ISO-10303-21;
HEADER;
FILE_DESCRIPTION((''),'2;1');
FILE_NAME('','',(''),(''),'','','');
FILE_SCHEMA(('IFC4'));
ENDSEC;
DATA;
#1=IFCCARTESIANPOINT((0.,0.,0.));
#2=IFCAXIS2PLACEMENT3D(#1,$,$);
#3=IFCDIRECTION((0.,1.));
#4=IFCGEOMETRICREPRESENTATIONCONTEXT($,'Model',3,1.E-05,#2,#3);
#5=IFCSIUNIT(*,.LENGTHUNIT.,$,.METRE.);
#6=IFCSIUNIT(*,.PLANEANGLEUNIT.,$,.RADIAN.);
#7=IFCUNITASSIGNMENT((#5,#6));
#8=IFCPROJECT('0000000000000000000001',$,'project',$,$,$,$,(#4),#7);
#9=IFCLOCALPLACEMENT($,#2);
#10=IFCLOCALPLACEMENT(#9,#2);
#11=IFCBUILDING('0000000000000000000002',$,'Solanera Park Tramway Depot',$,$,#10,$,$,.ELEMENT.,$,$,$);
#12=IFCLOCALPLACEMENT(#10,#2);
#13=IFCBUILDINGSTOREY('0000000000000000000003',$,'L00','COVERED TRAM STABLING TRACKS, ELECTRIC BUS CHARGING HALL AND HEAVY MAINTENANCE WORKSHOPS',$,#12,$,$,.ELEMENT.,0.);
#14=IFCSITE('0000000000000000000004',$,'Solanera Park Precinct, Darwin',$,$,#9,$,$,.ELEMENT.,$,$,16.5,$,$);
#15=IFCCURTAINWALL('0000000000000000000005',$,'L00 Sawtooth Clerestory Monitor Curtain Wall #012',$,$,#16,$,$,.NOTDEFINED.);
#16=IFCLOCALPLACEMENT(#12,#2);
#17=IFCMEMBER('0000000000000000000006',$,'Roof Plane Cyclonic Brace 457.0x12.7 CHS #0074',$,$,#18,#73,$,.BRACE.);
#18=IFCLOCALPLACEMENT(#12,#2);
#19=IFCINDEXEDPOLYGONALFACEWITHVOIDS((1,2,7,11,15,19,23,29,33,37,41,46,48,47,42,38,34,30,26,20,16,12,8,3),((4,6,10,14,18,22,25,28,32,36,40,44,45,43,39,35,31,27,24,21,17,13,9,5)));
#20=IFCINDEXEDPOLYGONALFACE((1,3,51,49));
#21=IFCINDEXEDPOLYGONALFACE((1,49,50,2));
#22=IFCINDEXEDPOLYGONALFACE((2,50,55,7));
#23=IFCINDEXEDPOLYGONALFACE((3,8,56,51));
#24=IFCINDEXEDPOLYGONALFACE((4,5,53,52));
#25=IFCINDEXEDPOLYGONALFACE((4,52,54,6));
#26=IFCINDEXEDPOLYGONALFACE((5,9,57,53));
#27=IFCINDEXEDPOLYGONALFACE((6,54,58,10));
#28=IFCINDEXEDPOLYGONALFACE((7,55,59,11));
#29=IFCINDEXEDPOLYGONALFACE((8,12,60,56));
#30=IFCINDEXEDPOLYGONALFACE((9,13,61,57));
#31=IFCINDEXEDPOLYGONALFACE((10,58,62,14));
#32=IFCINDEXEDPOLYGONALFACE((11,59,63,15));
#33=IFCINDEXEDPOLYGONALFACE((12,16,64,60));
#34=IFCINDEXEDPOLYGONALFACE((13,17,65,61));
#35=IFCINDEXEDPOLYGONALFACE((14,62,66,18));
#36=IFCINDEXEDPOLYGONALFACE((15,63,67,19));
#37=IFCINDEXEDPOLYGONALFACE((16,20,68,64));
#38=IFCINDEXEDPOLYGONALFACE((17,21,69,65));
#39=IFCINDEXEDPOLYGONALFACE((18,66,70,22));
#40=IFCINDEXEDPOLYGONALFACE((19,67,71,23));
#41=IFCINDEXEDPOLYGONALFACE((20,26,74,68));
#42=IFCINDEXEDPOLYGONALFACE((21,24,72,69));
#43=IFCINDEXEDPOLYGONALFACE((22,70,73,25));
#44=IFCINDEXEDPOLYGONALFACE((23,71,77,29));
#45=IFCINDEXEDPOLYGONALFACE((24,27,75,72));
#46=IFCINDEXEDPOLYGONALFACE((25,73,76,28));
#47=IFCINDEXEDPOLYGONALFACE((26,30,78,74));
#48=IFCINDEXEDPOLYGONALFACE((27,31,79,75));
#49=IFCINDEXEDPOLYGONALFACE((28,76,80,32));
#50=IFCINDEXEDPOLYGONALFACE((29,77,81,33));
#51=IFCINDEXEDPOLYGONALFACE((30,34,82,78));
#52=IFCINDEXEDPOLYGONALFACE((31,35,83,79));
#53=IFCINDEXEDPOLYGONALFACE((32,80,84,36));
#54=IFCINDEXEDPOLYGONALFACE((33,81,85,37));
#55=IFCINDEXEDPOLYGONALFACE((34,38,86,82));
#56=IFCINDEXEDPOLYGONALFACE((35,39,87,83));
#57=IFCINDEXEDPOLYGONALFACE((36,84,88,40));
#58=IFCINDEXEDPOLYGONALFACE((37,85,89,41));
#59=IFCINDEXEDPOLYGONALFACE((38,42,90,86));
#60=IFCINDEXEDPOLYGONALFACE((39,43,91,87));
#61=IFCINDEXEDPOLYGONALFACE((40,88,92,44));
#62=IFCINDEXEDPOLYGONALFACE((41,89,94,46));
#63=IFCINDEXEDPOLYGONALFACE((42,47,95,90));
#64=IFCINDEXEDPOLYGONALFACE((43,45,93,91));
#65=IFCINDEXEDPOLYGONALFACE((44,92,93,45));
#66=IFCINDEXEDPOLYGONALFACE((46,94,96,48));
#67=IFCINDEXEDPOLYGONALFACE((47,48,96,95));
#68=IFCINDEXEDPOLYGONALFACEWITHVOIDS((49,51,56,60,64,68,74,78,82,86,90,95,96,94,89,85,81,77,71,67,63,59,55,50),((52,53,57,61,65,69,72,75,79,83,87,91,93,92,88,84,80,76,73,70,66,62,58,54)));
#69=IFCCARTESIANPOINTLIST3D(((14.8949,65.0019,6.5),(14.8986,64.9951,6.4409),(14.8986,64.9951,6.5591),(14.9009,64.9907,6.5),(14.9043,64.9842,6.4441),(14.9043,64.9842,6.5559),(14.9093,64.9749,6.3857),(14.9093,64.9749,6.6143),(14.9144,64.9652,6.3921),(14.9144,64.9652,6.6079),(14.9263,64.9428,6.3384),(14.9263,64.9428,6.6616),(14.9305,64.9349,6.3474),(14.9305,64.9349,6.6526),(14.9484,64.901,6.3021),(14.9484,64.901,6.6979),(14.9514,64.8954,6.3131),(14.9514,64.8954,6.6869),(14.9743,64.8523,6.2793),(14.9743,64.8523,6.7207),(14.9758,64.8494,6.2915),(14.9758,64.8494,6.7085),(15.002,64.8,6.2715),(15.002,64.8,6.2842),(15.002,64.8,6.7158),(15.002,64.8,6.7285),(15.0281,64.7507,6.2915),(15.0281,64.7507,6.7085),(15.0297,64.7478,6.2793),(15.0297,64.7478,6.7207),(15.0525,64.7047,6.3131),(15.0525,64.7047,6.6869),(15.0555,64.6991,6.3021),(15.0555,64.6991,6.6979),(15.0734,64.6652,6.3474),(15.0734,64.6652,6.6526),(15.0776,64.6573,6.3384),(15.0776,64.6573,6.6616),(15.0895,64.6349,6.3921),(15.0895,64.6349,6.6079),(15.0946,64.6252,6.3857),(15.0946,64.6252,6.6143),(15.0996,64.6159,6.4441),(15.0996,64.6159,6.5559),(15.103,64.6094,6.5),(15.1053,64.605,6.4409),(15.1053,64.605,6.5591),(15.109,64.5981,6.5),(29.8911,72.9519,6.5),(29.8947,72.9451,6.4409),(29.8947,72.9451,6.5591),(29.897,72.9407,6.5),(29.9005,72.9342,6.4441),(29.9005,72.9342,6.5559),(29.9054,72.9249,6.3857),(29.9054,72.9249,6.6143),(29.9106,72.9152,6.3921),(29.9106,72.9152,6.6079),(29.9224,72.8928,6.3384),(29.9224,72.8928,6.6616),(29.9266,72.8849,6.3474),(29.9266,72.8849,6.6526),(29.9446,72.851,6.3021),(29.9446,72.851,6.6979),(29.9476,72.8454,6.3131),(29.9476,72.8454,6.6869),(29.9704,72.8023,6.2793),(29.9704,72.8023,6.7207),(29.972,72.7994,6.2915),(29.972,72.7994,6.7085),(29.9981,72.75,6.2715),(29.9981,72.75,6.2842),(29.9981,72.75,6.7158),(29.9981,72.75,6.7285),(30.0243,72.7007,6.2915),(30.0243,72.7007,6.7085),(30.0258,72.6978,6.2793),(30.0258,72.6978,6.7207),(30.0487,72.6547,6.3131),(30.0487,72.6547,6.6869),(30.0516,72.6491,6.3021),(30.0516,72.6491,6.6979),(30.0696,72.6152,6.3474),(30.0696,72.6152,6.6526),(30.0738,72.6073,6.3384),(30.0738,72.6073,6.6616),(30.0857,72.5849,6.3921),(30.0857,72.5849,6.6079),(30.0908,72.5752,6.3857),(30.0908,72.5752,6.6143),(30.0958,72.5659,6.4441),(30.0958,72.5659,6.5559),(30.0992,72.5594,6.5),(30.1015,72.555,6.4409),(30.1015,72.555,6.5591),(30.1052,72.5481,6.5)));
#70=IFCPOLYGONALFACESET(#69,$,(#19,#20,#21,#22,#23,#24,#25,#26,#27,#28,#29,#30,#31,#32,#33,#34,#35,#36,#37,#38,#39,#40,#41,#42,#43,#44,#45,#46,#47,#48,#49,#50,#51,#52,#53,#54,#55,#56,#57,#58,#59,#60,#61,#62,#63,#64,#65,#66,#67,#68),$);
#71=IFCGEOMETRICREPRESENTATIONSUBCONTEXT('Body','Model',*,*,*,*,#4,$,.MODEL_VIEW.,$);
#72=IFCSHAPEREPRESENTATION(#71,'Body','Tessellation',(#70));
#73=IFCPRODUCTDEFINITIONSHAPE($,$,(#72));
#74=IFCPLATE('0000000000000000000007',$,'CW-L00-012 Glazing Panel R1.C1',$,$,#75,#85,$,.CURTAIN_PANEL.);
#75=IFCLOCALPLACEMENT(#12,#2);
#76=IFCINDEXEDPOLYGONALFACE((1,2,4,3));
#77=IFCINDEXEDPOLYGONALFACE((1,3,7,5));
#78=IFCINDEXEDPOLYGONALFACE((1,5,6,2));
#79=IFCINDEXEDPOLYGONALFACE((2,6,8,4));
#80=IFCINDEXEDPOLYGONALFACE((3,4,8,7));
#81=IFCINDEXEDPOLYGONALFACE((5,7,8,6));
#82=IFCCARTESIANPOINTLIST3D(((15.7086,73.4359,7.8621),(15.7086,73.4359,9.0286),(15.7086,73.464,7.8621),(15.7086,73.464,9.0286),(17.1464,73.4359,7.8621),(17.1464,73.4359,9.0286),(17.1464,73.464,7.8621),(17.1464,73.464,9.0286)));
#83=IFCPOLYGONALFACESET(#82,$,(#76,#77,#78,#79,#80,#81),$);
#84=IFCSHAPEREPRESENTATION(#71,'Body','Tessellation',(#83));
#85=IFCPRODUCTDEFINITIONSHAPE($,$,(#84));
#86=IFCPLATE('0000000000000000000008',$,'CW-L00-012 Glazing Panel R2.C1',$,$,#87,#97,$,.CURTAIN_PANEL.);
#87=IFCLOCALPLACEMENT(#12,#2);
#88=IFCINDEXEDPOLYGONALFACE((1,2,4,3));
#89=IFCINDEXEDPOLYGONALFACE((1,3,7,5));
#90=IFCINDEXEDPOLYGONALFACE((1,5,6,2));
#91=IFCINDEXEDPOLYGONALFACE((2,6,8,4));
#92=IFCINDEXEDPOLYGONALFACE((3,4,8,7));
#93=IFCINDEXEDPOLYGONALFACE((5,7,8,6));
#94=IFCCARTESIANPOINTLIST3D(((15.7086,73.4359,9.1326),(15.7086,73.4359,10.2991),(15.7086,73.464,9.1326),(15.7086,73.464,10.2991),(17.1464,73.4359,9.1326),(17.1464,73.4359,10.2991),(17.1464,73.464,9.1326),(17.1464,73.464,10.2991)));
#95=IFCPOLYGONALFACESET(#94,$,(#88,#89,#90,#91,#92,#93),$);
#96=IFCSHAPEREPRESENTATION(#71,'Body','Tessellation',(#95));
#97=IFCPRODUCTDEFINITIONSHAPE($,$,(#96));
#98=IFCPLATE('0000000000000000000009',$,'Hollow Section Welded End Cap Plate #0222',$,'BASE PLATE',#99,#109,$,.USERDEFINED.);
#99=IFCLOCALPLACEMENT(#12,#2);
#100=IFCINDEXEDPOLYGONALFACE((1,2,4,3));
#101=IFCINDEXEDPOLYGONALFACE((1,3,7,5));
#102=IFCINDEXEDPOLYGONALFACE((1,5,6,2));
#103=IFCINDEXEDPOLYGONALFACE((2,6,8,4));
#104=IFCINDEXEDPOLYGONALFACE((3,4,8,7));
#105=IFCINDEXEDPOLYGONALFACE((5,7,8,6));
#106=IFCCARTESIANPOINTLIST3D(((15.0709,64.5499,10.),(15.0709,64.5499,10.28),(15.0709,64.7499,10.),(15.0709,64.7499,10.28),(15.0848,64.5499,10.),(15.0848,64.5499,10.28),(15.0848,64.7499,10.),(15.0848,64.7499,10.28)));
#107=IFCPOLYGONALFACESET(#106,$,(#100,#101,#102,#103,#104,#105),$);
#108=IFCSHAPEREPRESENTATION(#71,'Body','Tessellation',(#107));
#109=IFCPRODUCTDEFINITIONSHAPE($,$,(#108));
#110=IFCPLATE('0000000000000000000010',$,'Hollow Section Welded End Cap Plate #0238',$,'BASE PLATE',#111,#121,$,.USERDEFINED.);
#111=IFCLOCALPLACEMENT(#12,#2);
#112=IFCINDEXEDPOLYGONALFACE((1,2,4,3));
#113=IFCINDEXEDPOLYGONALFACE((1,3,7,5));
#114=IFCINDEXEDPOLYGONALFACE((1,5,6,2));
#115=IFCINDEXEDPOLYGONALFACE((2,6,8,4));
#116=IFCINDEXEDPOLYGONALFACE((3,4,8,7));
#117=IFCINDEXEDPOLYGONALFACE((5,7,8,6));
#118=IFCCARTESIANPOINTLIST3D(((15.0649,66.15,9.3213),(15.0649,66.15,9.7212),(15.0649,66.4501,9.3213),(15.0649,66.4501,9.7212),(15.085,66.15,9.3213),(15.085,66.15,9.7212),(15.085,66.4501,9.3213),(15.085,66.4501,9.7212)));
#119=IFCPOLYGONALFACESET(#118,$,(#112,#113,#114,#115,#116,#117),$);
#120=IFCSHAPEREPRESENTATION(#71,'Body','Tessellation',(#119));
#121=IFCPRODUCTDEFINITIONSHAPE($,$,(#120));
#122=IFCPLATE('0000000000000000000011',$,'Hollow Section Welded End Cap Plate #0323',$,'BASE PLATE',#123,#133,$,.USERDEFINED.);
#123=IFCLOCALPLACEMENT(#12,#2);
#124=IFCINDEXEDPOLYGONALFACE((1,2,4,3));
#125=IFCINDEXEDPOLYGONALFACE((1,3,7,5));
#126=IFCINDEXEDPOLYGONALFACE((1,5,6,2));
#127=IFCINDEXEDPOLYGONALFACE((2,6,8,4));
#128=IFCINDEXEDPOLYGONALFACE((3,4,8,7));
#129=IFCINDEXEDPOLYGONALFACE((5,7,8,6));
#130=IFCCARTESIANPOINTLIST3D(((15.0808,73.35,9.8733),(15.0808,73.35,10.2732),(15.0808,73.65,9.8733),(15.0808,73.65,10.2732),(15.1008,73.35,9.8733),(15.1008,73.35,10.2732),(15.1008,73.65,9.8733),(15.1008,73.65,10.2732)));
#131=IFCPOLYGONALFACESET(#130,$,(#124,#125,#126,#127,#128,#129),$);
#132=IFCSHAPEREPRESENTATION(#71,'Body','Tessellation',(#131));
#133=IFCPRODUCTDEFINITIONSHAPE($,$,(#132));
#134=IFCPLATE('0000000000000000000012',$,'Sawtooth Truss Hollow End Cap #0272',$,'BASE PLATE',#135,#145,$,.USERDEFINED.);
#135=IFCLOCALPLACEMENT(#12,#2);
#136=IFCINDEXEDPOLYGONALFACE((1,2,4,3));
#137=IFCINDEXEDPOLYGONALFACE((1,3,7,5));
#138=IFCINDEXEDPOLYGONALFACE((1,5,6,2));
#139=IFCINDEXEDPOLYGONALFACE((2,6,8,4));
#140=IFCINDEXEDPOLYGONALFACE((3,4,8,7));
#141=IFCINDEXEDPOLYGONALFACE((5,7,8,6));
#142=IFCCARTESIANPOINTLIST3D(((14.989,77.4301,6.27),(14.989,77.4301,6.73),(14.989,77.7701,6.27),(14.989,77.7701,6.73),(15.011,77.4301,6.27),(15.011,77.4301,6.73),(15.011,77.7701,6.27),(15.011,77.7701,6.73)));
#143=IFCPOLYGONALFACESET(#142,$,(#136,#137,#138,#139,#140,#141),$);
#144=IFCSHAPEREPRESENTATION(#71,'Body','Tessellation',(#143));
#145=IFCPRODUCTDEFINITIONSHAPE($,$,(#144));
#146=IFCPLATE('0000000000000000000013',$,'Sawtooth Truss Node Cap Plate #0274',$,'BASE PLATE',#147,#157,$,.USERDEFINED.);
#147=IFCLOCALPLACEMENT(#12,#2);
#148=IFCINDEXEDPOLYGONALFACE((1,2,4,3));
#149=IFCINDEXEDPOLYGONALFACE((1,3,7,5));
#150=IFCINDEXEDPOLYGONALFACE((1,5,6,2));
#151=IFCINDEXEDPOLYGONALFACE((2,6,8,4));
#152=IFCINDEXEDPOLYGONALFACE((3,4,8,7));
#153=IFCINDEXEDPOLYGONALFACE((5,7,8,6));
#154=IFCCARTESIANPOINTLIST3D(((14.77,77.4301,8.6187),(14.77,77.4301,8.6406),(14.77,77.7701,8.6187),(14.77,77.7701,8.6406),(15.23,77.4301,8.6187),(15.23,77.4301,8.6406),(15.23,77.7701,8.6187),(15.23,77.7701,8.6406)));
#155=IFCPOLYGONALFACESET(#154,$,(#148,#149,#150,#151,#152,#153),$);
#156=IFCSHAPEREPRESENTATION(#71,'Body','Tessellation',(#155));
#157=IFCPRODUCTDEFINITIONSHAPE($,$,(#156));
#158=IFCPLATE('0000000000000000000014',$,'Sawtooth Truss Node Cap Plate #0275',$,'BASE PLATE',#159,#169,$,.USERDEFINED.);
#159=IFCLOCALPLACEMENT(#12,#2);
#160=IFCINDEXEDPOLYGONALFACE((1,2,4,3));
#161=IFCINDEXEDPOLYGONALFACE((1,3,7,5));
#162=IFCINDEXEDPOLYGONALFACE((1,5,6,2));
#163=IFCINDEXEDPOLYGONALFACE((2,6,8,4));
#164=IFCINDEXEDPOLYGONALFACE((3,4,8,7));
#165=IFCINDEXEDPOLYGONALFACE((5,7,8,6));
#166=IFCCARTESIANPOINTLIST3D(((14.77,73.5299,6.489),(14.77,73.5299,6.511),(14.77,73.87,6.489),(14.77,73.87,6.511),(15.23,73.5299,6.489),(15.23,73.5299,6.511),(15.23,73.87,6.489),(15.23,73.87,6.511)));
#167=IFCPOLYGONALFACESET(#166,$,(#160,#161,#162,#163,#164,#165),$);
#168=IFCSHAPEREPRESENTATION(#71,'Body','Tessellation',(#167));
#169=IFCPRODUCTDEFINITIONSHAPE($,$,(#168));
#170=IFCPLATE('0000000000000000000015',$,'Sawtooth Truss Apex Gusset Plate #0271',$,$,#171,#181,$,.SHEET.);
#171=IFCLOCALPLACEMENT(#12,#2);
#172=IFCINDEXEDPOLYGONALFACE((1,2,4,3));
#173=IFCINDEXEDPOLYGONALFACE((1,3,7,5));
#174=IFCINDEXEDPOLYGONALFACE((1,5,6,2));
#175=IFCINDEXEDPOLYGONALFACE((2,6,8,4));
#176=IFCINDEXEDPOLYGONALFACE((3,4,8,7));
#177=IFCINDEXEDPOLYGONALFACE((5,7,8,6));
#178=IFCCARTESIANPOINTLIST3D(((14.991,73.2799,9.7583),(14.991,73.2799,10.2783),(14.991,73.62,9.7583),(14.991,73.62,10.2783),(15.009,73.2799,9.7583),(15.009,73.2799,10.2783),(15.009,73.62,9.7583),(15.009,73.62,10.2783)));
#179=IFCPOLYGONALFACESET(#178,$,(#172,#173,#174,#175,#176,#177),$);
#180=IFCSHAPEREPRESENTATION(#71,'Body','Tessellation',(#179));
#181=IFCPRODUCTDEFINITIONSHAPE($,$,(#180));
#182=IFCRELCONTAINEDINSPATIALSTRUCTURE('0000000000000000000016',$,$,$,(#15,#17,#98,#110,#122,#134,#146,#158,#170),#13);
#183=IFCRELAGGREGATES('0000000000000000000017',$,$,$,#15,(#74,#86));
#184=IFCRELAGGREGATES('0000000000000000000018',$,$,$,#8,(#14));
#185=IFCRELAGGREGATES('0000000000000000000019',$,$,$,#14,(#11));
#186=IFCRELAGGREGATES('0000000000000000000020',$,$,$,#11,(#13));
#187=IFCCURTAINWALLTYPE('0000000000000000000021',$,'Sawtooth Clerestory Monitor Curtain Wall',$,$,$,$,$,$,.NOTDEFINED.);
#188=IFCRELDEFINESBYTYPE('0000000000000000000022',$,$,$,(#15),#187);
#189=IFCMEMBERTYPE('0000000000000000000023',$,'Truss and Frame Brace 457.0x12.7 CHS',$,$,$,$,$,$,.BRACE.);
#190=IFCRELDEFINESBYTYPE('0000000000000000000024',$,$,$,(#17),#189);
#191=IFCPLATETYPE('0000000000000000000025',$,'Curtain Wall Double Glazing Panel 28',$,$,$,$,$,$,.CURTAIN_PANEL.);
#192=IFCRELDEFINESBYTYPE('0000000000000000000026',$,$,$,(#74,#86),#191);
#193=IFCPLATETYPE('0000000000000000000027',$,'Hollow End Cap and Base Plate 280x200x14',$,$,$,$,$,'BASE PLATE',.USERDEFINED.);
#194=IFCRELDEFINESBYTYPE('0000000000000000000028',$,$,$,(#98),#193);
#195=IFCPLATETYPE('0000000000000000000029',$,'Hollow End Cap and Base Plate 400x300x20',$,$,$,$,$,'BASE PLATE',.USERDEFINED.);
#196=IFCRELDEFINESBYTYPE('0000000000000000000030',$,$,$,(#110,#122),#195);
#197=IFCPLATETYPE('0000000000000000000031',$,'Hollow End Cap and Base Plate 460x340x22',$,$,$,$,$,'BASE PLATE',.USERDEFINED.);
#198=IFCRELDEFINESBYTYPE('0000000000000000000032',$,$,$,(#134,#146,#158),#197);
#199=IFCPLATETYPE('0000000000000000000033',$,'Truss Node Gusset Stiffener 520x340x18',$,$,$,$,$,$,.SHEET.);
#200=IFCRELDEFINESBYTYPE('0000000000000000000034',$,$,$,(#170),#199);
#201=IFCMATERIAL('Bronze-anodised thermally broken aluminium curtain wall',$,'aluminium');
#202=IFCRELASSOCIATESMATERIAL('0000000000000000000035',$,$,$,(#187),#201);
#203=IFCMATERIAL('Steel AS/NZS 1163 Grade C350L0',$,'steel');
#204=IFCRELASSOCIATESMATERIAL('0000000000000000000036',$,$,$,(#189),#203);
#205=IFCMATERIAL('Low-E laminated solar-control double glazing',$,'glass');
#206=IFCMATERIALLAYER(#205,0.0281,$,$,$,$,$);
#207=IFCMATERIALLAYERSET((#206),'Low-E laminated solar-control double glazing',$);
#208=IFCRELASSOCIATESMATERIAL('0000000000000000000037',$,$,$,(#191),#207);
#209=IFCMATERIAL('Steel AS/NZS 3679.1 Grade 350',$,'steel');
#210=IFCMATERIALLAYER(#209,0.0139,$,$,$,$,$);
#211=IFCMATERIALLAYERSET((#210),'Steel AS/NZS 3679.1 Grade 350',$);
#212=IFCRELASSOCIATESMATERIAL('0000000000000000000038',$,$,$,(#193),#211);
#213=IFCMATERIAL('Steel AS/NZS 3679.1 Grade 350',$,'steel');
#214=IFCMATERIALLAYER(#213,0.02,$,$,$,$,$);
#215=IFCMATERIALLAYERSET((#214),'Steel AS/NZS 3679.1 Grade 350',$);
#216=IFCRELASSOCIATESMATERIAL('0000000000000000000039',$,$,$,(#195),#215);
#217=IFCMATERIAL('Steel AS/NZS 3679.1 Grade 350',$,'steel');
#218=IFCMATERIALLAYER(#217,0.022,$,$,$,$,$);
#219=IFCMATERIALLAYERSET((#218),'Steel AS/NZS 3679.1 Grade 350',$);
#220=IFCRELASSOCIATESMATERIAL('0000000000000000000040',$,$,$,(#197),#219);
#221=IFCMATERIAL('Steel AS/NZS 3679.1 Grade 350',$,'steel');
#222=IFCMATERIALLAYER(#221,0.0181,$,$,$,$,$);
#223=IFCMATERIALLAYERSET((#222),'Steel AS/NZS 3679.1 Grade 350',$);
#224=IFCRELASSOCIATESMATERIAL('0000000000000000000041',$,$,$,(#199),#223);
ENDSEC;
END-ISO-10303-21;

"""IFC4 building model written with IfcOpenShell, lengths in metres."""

from ifc_helpers import new_model, si_unit, direction, frame, origin, origin_2d, place, context, subcontext, project, spatial, rectangle, hollow_circle, extrude, material, layer, layer_set, material_profile, profile_set, type_object, element, aggregate, save


model = new_model("IFC4")

# Units and contexts
model_context = context("Model", 3, precision=1e-05, world=origin(), true_north=direction((0.0, 1.0)))
body_context = subcontext(model_context, "Body", "Model", "MODEL_VIEW")
ifc_project = project(units=[si_unit("LENGTHUNIT", "METRE"), si_unit("PLANEANGLEUNIT", "RADIAN")], contexts=[model_context])

# Site, building, storey
site_placement = place(None, origin())
site = spatial("IfcSite", under=ifc_project, at=site_placement, Name="Solanera Park Precinct, Darwin", CompositionType="ELEMENT", RefElevation=16.5)
building_placement = place(site_placement, origin())
building = spatial("IfcBuilding", under=site, at=building_placement, Name="Solanera Park Tramway Depot", CompositionType="ELEMENT")
storey_placement = place(building_placement, origin())
storey = spatial("IfcBuildingStorey", under=building, at=storey_placement, Name="L00", Description="COVERED TRAM STABLING TRACKS, ELECTRIC BUS CHARGING HALL AND HEAVY MAINTENANCE WORKSHOPS", CompositionType="ELEMENT", Elevation=0.0)

# Curtain wall
ifc_material_1 = material(Name="Bronze-anodised thermally broken aluminium curtain wall", Category="aluminium")
curtain_wall_type = type_object("IfcCurtainWallType", Name="Sawtooth Clerestory Monitor Curtain Wall", PredefinedType="NOTDEFINED", material=ifc_material_1)
curtain_wall_placement = place(storey_placement, origin())
curtain_wall = element("IfcCurtainWall", 1, at=curtain_wall_placement, inside=storey, type_object=curtain_wall_type, Name="L00 Sawtooth Clerestory Monitor Curtain Wall #012", PredefinedType="NOTDEFINED")

# Member
ifc_material_2 = material(Name="Steel AS/NZS 1163 Grade C350L0", Category="steel")
ifc_material_profile_1 = material_profile(ifc_material_2, hollow_circle(Radius=0.2285, WallThickness=0.0127, at=origin_2d()), Name="457.0x12.7 CHS")
ifc_profile_set_1 = profile_set([ifc_material_profile_1], Name="Steel AS/NZS 1163 Grade C350L0")
member_type_1 = type_object("IfcMemberType", Name="Truss and Frame Brace 457.0x12.7 CHS", PredefinedType="BRACE", material=ifc_profile_set_1)
member_1_placement = place(storey_placement, frame((15.002, 64.8, 6.5), z_axis=(0.883524, 0.468387, 0.0), x_axis=(-0.468387, 0.883524, 0.0)))
element("IfcMember", 2, at=member_1_placement, inside=storey, type_object=member_type_1, Name="Roof Plane Cyclonic Brace 457.0x12.7 CHS #0074", PredefinedType="BRACE", context=body_context, shape_type="SweptSolid", body=[
    extrude(hollow_circle(Radius=0.2285, WallThickness=0.0127, at=origin_2d()), origin(), (0.0, 0.0, 1.0), 16.9731),
])

# Plates
ifc_material_3 = material(Name="Low-E laminated solar-control double glazing", Category="glass")
ifc_layer_1 = layer(ifc_material_3, 0.0281)
ifc_layer_set_1 = layer_set([ifc_layer_1], Name="Low-E laminated solar-control double glazing")
plate_type_1 = type_object("IfcPlateType", Name="Curtain Wall Double Glazing Panel 28", PredefinedType="CURTAIN_PANEL", material=ifc_layer_set_1)
plate_1_placement = place(storey_placement, frame((16.4275, 73.45, 7.8621), z_axis=(0.0, 0.0, 1.0), x_axis=(1.0, 0.0, 0.0)))
plate_1 = element("IfcPlate", 3, at=plate_1_placement, type_object=plate_type_1, Name="CW-L00-012 Glazing Panel R1.C1", PredefinedType="CURTAIN_PANEL", context=body_context, shape_type="SweptSolid", body=[
    extrude(rectangle(XDim=1.4377, YDim=0.0281, at=origin_2d()), origin(), (0.0, 0.0, 1.0), 1.1665),
])
plate_2_placement = place(storey_placement, frame((16.4275, 73.45, 9.1326), z_axis=(0.0, 0.0, 1.0), x_axis=(1.0, 0.0, 0.0)))
plate_2 = element("IfcPlate", 4, at=plate_2_placement, type_object=plate_type_1, Name="CW-L00-012 Glazing Panel R2.C1", PredefinedType="CURTAIN_PANEL", context=body_context, shape_type="SweptSolid", body=[
    extrude(rectangle(XDim=1.4377, YDim=0.0281, at=origin_2d()), origin(), (0.0, 0.0, 1.0), 1.1665),
])
aggregate(curtain_wall, [plate_1, plate_2])

# Plates
ifc_material_4 = material(Name="Steel AS/NZS 3679.1 Grade 350", Category="steel")
ifc_layer_2 = layer(ifc_material_4, 0.0139)
ifc_layer_set_2 = layer_set([ifc_layer_2], Name="Steel AS/NZS 3679.1 Grade 350")
plate_type_2 = type_object("IfcPlateType", Name="Hollow End Cap and Base Plate 280x200x14", ElementType="BASE PLATE", PredefinedType="USERDEFINED", material=ifc_layer_set_2)
plate_3_placement = place(storey_placement, frame((15.0779, 64.6499, 10.0), z_axis=(0.0, 0.0, 1.0), x_axis=(1.0, 0.0, 0.0)))
element("IfcPlate", 5, at=plate_3_placement, inside=storey, type_object=plate_type_2, Name="Hollow Section Welded End Cap Plate #0222", ObjectType="BASE PLATE", PredefinedType="USERDEFINED", context=body_context, shape_type="SweptSolid", body=[
    extrude(rectangle(XDim=0.0139, YDim=0.2, at=origin_2d()), origin(), (0.0, 0.0, 1.0), 0.28),
])
ifc_material_5 = material(Name="Steel AS/NZS 3679.1 Grade 350", Category="steel")
ifc_layer_3 = layer(ifc_material_5, 0.02)
ifc_layer_set_3 = layer_set([ifc_layer_3], Name="Steel AS/NZS 3679.1 Grade 350")
plate_type_3 = type_object("IfcPlateType", Name="Hollow End Cap and Base Plate 400x300x20", ElementType="BASE PLATE", PredefinedType="USERDEFINED", material=ifc_layer_set_3)
for number, where, z_axis, x_axis, name in (
    (6, (15.075, 66.3, 9.3213), (0.0, 0.0, 1.0), (1.0, 0.0, 0.0), "Hollow Section Welded End Cap Plate #0238"),
    (7, (15.0908, 73.5, 9.8733), (0.0, 0.0, 1.0), (1.0, 0.0, 0.0), "Hollow Section Welded End Cap Plate #0323"),
):
    element("IfcPlate", number, at=place(storey_placement, frame(where, z_axis=z_axis, x_axis=x_axis)), inside=storey, type_object=plate_type_3, Name=name, ObjectType="BASE PLATE", PredefinedType="USERDEFINED", context=body_context, shape_type="SweptSolid", body=[
        extrude(rectangle(XDim=0.02, YDim=0.3, at=origin_2d()), origin(), (0.0, 0.0, 1.0), 0.3999),
    ])
ifc_material_6 = material(Name="Steel AS/NZS 3679.1 Grade 350", Category="steel")
ifc_layer_4 = layer(ifc_material_6, 0.022)
ifc_layer_set_4 = layer_set([ifc_layer_4], Name="Steel AS/NZS 3679.1 Grade 350")
plate_type_4 = type_object("IfcPlateType", Name="Hollow End Cap and Base Plate 460x340x22", ElementType="BASE PLATE", PredefinedType="USERDEFINED", material=ifc_layer_set_4)
plate_4_placement = place(storey_placement, frame((15.0, 77.6001, 6.27), z_axis=(0.0, 0.0, 1.0), x_axis=(1.0, 0.0, 0.0)))
element("IfcPlate", 8, at=plate_4_placement, inside=storey, type_object=plate_type_4, Name="Sawtooth Truss Hollow End Cap #0272", ObjectType="BASE PLATE", PredefinedType="USERDEFINED", context=body_context, shape_type="SweptSolid", body=[
    extrude(rectangle(XDim=0.022, YDim=0.3401, at=origin_2d()), origin(), (0.0, 0.0, 1.0), 0.46),
])
for number, where, z_axis, x_axis, name in (
    (9, (15.0, 77.6001, 8.6187), (0.0, 0.0, 1.0), (1.0, 0.0, 0.0), "Sawtooth Truss Node Cap Plate #0274"),
    (10, (15.0, 73.7, 6.489), (0.0, 0.0, 1.0), (1.0, 0.0, 0.0), "Sawtooth Truss Node Cap Plate #0275"),
):
    element("IfcPlate", number, at=place(storey_placement, frame(where, z_axis=z_axis, x_axis=x_axis)), inside=storey, type_object=plate_type_4, Name=name, ObjectType="BASE PLATE", PredefinedType="USERDEFINED", context=body_context, shape_type="SweptSolid", body=[
        extrude(rectangle(XDim=0.46, YDim=0.3401, at=origin_2d()), origin(), (0.0, 0.0, 1.0), 0.022),
    ])
ifc_material_7 = material(Name="Steel AS/NZS 3679.1 Grade 350", Category="steel")
ifc_layer_5 = layer(ifc_material_7, 0.0181)
ifc_layer_set_5 = layer_set([ifc_layer_5], Name="Steel AS/NZS 3679.1 Grade 350")
plate_type_5 = type_object("IfcPlateType", Name="Truss Node Gusset Stiffener 520x340x18", PredefinedType="SHEET", material=ifc_layer_set_5)
plate_5_placement = place(storey_placement, frame((15.0, 73.45, 9.7583), z_axis=(0.0, 0.0, 1.0), x_axis=(1.0, 0.0, 0.0)))
element("IfcPlate", 11, at=plate_5_placement, inside=storey, type_object=plate_type_5, Name="Sawtooth Truss Apex Gusset Plate #0271", PredefinedType="SHEET", context=body_context, shape_type="SweptSolid", body=[
    extrude(rectangle(XDim=0.0181, YDim=0.3401, at=origin_2d()), origin(), (0.0, 0.0, 1.0), 0.52),
])

save(model, "model.ifc")
